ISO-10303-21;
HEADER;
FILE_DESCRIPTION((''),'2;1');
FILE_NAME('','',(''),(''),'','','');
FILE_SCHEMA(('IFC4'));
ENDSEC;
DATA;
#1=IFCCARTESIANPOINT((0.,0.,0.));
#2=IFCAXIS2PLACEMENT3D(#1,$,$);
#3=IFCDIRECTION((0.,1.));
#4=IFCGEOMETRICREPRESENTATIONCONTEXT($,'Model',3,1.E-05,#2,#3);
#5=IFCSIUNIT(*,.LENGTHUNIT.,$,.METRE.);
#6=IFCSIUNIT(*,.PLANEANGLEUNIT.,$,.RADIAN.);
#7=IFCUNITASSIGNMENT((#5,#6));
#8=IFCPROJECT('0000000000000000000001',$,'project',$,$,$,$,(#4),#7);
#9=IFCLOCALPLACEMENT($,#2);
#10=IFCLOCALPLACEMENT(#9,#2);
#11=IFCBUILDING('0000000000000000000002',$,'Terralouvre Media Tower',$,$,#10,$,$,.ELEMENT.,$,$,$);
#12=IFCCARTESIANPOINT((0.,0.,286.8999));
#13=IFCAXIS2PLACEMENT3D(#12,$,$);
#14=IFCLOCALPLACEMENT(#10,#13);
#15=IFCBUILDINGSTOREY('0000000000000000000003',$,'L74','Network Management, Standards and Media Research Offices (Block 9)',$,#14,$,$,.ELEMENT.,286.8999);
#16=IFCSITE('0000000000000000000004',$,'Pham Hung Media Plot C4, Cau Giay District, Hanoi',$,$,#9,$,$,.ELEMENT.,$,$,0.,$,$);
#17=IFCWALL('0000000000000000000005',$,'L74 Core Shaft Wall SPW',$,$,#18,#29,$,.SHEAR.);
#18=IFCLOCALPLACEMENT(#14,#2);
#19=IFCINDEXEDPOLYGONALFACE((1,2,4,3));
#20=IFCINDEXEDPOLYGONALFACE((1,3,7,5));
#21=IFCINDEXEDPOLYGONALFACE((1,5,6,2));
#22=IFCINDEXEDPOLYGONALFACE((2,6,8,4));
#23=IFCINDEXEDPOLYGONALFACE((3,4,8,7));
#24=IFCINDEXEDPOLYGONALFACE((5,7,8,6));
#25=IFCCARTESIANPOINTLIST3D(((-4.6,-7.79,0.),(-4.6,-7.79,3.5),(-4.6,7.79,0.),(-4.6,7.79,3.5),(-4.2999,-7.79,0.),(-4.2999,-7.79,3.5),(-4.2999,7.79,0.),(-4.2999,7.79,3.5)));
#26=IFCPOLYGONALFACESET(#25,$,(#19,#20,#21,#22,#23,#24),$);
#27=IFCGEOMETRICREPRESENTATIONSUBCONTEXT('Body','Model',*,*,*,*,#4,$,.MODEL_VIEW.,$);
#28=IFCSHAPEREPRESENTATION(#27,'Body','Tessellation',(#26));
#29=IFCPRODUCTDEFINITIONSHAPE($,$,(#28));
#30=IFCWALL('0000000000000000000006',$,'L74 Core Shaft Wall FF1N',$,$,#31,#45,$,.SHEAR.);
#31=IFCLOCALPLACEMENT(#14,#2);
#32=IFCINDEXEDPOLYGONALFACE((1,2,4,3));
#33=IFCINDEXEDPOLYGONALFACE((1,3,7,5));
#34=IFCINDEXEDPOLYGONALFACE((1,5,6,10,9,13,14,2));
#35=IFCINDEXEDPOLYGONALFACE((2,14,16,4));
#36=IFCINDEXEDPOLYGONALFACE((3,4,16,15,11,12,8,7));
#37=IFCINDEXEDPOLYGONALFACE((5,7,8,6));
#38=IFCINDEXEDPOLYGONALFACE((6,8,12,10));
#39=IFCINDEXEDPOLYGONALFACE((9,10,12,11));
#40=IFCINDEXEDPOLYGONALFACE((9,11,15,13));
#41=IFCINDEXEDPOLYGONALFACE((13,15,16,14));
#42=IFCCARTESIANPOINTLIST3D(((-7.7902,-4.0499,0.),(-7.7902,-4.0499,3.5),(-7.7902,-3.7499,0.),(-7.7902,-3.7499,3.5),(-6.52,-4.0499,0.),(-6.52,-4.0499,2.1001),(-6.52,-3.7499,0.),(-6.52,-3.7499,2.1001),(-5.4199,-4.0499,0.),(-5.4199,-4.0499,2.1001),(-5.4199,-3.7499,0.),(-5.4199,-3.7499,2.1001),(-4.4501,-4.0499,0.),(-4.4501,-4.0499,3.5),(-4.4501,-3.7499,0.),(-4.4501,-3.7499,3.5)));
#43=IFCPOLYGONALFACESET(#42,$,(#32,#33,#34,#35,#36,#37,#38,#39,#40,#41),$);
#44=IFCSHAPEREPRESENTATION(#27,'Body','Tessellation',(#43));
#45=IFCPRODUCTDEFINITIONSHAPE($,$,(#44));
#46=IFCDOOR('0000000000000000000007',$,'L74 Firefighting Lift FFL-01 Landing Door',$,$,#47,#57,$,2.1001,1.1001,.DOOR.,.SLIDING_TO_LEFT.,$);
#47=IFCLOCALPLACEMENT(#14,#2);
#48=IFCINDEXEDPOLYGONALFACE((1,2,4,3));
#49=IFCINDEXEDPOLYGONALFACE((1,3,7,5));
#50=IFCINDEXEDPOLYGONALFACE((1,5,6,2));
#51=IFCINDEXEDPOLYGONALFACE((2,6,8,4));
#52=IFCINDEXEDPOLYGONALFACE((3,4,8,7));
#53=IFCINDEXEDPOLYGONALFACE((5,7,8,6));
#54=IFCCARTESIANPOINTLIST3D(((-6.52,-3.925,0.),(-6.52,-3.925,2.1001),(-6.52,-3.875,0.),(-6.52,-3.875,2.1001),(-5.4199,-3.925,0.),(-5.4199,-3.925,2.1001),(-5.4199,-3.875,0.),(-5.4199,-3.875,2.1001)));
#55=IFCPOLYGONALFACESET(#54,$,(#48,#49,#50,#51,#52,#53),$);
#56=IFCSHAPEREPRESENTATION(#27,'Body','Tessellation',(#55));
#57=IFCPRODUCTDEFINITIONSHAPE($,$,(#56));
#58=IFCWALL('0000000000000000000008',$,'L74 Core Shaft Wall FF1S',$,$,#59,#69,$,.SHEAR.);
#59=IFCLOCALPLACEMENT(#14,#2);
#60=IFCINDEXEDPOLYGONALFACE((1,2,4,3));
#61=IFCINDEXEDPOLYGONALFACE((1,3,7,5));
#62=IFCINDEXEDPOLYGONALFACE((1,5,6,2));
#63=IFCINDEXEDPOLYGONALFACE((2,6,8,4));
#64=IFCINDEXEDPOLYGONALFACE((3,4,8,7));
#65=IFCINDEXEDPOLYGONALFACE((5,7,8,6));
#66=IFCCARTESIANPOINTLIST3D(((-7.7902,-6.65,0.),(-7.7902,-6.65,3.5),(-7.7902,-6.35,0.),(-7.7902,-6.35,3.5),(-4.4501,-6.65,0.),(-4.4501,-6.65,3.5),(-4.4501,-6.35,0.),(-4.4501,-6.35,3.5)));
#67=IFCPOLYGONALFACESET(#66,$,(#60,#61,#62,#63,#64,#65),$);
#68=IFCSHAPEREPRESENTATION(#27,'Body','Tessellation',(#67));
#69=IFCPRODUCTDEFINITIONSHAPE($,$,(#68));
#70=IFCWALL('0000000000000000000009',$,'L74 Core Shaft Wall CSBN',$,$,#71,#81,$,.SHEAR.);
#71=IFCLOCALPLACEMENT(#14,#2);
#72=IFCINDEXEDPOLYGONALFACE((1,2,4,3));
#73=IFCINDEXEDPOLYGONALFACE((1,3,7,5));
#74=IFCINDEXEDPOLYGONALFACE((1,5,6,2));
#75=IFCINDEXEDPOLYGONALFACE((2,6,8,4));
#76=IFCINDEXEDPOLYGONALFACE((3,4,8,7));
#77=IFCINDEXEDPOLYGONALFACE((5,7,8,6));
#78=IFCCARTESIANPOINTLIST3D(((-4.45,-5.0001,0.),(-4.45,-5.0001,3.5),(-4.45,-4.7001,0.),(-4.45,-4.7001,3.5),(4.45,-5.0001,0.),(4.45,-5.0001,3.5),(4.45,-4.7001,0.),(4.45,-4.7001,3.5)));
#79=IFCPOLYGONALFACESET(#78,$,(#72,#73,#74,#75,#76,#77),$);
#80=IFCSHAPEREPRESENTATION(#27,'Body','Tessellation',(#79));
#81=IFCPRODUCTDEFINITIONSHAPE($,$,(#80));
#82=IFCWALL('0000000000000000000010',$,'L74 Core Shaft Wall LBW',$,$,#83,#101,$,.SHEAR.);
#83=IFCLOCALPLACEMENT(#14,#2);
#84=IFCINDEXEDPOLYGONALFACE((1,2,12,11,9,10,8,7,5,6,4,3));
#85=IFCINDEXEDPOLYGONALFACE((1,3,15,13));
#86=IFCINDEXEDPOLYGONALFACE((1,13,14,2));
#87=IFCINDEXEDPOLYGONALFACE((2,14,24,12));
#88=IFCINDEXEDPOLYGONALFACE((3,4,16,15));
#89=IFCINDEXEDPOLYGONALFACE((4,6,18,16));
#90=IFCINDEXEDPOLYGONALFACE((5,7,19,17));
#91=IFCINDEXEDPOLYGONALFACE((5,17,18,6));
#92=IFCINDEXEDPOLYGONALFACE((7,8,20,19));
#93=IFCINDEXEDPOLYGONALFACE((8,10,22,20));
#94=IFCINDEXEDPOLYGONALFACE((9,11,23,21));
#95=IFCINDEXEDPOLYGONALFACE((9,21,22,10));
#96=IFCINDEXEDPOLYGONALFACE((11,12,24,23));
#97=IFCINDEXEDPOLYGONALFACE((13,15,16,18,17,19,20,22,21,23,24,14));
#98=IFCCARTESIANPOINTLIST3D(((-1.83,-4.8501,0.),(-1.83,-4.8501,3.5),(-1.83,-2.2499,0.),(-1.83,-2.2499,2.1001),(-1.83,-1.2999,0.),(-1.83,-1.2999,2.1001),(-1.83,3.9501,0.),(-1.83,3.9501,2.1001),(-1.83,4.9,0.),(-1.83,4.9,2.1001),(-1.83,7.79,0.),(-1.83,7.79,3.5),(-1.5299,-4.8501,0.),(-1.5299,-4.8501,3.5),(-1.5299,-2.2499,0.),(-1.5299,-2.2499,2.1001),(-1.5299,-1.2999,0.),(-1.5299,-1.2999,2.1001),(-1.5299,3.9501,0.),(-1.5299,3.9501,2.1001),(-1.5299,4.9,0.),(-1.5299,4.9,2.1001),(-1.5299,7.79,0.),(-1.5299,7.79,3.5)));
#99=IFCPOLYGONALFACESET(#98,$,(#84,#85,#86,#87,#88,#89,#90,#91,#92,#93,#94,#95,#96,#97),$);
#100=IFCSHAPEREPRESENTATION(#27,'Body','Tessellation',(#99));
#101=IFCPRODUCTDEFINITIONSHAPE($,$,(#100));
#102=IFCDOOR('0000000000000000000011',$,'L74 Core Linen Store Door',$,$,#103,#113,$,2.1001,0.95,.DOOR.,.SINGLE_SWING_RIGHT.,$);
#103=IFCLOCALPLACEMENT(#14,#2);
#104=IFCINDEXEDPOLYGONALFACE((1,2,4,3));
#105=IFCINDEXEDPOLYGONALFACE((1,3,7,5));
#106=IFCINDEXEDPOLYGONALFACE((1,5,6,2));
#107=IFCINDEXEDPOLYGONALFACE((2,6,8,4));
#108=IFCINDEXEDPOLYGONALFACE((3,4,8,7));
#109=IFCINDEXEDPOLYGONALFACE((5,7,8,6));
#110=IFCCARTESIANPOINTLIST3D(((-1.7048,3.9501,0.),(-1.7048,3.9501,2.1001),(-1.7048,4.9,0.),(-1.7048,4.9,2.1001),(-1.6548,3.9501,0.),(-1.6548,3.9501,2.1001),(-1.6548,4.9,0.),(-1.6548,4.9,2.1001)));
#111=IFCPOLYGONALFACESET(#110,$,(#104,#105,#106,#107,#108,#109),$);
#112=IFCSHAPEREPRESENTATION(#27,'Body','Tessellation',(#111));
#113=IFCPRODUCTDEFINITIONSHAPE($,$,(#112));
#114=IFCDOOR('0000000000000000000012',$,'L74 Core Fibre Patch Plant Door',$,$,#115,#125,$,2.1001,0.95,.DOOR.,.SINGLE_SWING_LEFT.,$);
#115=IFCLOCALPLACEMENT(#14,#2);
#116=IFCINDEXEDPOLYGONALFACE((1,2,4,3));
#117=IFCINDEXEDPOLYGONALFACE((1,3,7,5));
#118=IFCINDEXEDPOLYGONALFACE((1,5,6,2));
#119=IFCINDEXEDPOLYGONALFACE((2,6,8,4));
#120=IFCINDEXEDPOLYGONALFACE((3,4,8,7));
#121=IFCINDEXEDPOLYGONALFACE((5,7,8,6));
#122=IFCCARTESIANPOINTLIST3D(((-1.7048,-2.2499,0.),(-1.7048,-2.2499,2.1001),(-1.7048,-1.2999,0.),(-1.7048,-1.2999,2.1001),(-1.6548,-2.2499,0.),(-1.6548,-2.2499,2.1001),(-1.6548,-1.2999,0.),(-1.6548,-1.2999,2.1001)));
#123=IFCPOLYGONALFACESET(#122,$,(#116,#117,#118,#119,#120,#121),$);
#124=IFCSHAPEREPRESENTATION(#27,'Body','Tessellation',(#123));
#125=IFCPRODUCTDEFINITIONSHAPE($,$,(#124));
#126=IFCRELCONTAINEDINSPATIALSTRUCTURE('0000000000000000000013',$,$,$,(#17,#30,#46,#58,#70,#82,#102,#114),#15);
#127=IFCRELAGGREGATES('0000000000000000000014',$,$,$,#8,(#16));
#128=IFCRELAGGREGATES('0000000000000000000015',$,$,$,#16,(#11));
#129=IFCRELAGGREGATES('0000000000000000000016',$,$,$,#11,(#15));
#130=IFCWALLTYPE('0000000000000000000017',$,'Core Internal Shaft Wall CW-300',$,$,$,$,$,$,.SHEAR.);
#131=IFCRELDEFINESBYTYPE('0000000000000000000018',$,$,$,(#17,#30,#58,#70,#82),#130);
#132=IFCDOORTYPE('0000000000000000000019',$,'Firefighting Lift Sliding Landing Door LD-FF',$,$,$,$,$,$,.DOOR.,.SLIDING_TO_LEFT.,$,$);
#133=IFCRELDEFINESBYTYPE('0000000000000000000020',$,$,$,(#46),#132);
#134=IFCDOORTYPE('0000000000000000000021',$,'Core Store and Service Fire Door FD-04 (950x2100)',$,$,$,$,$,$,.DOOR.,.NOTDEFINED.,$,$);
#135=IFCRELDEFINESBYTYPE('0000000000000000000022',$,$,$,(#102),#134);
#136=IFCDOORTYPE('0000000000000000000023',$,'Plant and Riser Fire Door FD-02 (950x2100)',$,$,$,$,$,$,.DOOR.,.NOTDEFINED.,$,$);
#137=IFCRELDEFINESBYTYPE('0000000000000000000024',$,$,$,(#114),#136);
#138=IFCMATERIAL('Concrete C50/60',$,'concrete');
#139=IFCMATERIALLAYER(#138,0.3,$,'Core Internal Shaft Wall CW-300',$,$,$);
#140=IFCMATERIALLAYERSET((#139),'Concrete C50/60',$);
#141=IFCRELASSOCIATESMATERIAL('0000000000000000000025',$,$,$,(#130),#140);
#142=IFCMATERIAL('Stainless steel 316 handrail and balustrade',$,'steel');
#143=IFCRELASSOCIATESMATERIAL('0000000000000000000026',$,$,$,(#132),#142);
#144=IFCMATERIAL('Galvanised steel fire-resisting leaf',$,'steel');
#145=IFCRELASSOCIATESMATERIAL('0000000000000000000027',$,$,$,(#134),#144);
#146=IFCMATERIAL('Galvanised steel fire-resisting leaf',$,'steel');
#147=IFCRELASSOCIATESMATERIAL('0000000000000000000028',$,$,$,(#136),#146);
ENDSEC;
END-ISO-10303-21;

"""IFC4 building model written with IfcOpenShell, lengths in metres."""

from ifc_helpers import new_model, si_unit, direction, frame, frame_2d, origin, place, context, subcontext, project, spatial, rectangle, extrude, material, layer, layer_set, type_object, element, fill, save


model = new_model("IFC4")

# Units and contexts
model_context = context("Model", 3, precision=1e-05, world=origin(), true_north=direction((0.0, 1.0)))
body_context = subcontext(model_context, "Body", "Model", "MODEL_VIEW")
ifc_project = project(units=[si_unit("LENGTHUNIT", "METRE"), si_unit("PLANEANGLEUNIT", "RADIAN")], contexts=[model_context])

# Site, building, storey
site_placement = place(None, origin())
site = spatial("IfcSite", under=ifc_project, at=site_placement, Name="Pham Hung Media Plot C4, Cau Giay District, Hanoi", CompositionType="ELEMENT", RefElevation=0.0)
building_placement = place(site_placement, origin())
building = spatial("IfcBuilding", under=site, at=building_placement, Name="Terralouvre Media Tower", CompositionType="ELEMENT")
storey_placement = place(building_placement, frame((0.0, 0.0, 286.8999)))
storey = spatial("IfcBuildingStorey", under=building, at=storey_placement, Name="L74", Description="Network Management, Standards and Media Research Offices (Block 9)", CompositionType="ELEMENT", Elevation=286.8999)

# Wall
ifc_material_1 = material(Name="Concrete C50/60", Category="concrete")
ifc_layer_1 = layer(ifc_material_1, 0.3, Name="Core Internal Shaft Wall CW-300")
ifc_layer_set_1 = layer_set([ifc_layer_1], Name="Concrete C50/60")
wall_type_1 = type_object("IfcWallType", Name="Core Internal Shaft Wall CW-300", PredefinedType="SHEAR", material=ifc_layer_set_1)
wall_1_placement = place(storey_placement, frame((-4.45, -7.79, 0.0), z_axis=(0.0, 0.0, 1.0), x_axis=(0.0, 1.0, 0.0)))
element("IfcWall", 1, at=wall_1_placement, inside=storey, type_object=wall_type_1, Name="L74 Core Shaft Wall SPW", PredefinedType="SHEAR", context=body_context, shape_type="SweptSolid", body=[
    extrude(rectangle(XDim=15.5801, YDim=0.3, at=frame_2d((7.79, 0.0))), origin(), (0.0, 0.0, 1.0), 3.5),
])

# Wall, opening, door
wall_2_placement = place(storey_placement, frame((-7.79, -3.8999, 0.0), z_axis=(0.0, 0.0, 1.0), x_axis=(1.0, 0.0, 0.0)))
wall_2 = element("IfcWall", 2, at=wall_2_placement, inside=storey, type_object=wall_type_1, Name="L74 Core Shaft Wall FF1N", PredefinedType="SHEAR", context=body_context, shape_type="SweptSolid", body=[
    extrude(rectangle(XDim=3.3401, YDim=0.3, at=frame_2d((1.6699, 0.0))), origin(), (0.0, 0.0, 1.0), 3.5),
])
opening_1_placement = place(wall_2_placement, frame((1.27, 0.0, 0.0)))
opening_1 = element("IfcOpeningElement", 3, at=opening_1_placement, cuts=wall_2, PredefinedType="OPENING", context=body_context, shape_type="SweptSolid", body=[
    extrude(rectangle(XDim=1.1001, YDim=2.1001, at=frame_2d((0.55, 1.05))), frame((0.0, 0.1599, 0.0), z_axis=(0.0, -1.0, 0.0), x_axis=(1.0, 0.0, 0.0)), (0.0, 0.0, 1.0), 0.3201),
])
ifc_material_2 = material(Name="Stainless steel 316 handrail and balustrade", Category="steel")
door_type_1 = type_object("IfcDoorType", Name="Firefighting Lift Sliding Landing Door LD-FF", OperationType="SLIDING_TO_LEFT", PredefinedType="DOOR", material=ifc_material_2)
door_1_placement = place(opening_1_placement, origin())
door_1 = element("IfcDoor", 4, at=door_1_placement, inside=storey, type_object=door_type_1, Name="L74 Firefighting Lift FFL-01 Landing Door", OperationType="SLIDING_TO_LEFT", OverallHeight=2.1001, OverallWidth=1.1001, PredefinedType="DOOR", context=body_context, shape_type="SweptSolid", body=[
    extrude(rectangle(XDim=1.1001, YDim=2.1001, at=frame_2d((0.55, 1.05))), frame((0.0, 0.0249, 0.0), z_axis=(0.0, -1.0, 0.0), x_axis=(1.0, 0.0, 0.0)), (0.0, 0.0, 1.0), 0.05),
])
fill(opening_1, door_1)

# Walls
wall_3_placement = place(storey_placement, frame((-7.79, -6.5, 0.0), z_axis=(0.0, 0.0, 1.0), x_axis=(1.0, 0.0, 0.0)))
element("IfcWall", 5, at=wall_3_placement, inside=storey, type_object=wall_type_1, Name="L74 Core Shaft Wall FF1S", PredefinedType="SHEAR", context=body_context, shape_type="SweptSolid", body=[
    extrude(rectangle(XDim=3.3401, YDim=0.3, at=frame_2d((1.6699, 0.0))), origin(), (0.0, 0.0, 1.0), 3.5),
])
wall_4_placement = place(storey_placement, frame((-4.45, -4.8501, 0.0), z_axis=(0.0, 0.0, 1.0), x_axis=(1.0, 0.0, 0.0)))
element("IfcWall", 6, at=wall_4_placement, inside=storey, type_object=wall_type_1, Name="L74 Core Shaft Wall CSBN", PredefinedType="SHEAR", context=body_context, shape_type="SweptSolid", body=[
    extrude(rectangle(XDim=8.8999, YDim=0.3, at=frame_2d((4.45, 0.0))), origin(), (0.0, 0.0, 1.0), 3.5),
])

# Wall, openings, doors
wall_5_placement = place(storey_placement, frame((-1.6799, -4.8501, 0.0), z_axis=(0.0, 0.0, 1.0), x_axis=(0.0, 1.0, 0.0)))
wall_5 = element("IfcWall", 7, at=wall_5_placement, inside=storey, type_object=wall_type_1, Name="L74 Core Shaft Wall LBW", PredefinedType="SHEAR", context=body_context, shape_type="SweptSolid", body=[
    extrude(rectangle(XDim=12.6401, YDim=0.3, at=frame_2d((6.3201, 0.0))), origin(), (0.0, 0.0, 1.0), 3.5),
])
opening_2_placement = place(wall_5_placement, frame((2.6001, 0.0, 0.0)))
opening_2 = element("IfcOpeningElement", 8, at=opening_2_placement, cuts=wall_5, PredefinedType="OPENING", context=body_context, shape_type="SweptSolid", body=[
    extrude(rectangle(XDim=0.95, YDim=2.1001, at=frame_2d((0.4751, 1.05))), frame((0.0, 0.1599, 0.0), z_axis=(0.0, -1.0, 0.0), x_axis=(1.0, 0.0, 0.0)), (0.0, 0.0, 1.0), 0.3201),
])
opening_3_placement = place(wall_5_placement, frame((8.8, 0.0, 0.0)))
opening_3 = element("IfcOpeningElement", 9, at=opening_3_placement, cuts=wall_5, PredefinedType="OPENING", context=body_context, shape_type="SweptSolid", body=[
    extrude(rectangle(XDim=0.95, YDim=2.1001, at=frame_2d((0.4751, 1.05))), frame((0.0, 0.1599, 0.0), z_axis=(0.0, -1.0, 0.0), x_axis=(1.0, 0.0, 0.0)), (0.0, 0.0, 1.0), 0.3201),
])
ifc_material_3 = material(Name="Galvanised steel fire-resisting leaf", Category="steel")
door_type_2 = type_object("IfcDoorType", Name="Core Store and Service Fire Door FD-04 (950x2100)", OperationType="NOTDEFINED", PredefinedType="DOOR", material=ifc_material_3)
door_2_placement = place(opening_3_placement, origin())
door_2 = element("IfcDoor", 10, at=door_2_placement, inside=storey, type_object=door_type_2, Name="L74 Core Linen Store Door", OperationType="SINGLE_SWING_RIGHT", OverallHeight=2.1001, OverallWidth=0.95, PredefinedType="DOOR", context=body_context, shape_type="SweptSolid", body=[
    extrude(rectangle(XDim=0.95, YDim=2.1001, at=frame_2d((0.4751, 1.05))), frame((0.0, 0.0249, 0.0), z_axis=(0.0, -1.0, 0.0), x_axis=(1.0, 0.0, 0.0)), (0.0, 0.0, 1.0), 0.05),
])
fill(opening_3, door_2)
ifc_material_4 = material(Name="Galvanised steel fire-resisting leaf", Category="steel")
door_type_3 = type_object("IfcDoorType", Name="Plant and Riser Fire Door FD-02 (950x2100)", OperationType="NOTDEFINED", PredefinedType="DOOR", material=ifc_material_4)
door_3_placement = place(opening_2_placement, origin())
door_3 = element("IfcDoor", 11, at=door_3_placement, inside=storey, type_object=door_type_3, Name="L74 Core Fibre Patch Plant Door", OperationType="SINGLE_SWING_LEFT", OverallHeight=2.1001, OverallWidth=0.95, PredefinedType="DOOR", context=body_context, shape_type="SweptSolid", body=[
    extrude(rectangle(XDim=0.95, YDim=2.1001, at=frame_2d((0.4751, 1.05))), frame((0.0, 0.0249, 0.0), z_axis=(0.0, -1.0, 0.0), x_axis=(1.0, 0.0, 0.0)), (0.0, 0.0, 1.0), 0.05),
])
fill(opening_2, door_3)

save(model, "model.ifc")
